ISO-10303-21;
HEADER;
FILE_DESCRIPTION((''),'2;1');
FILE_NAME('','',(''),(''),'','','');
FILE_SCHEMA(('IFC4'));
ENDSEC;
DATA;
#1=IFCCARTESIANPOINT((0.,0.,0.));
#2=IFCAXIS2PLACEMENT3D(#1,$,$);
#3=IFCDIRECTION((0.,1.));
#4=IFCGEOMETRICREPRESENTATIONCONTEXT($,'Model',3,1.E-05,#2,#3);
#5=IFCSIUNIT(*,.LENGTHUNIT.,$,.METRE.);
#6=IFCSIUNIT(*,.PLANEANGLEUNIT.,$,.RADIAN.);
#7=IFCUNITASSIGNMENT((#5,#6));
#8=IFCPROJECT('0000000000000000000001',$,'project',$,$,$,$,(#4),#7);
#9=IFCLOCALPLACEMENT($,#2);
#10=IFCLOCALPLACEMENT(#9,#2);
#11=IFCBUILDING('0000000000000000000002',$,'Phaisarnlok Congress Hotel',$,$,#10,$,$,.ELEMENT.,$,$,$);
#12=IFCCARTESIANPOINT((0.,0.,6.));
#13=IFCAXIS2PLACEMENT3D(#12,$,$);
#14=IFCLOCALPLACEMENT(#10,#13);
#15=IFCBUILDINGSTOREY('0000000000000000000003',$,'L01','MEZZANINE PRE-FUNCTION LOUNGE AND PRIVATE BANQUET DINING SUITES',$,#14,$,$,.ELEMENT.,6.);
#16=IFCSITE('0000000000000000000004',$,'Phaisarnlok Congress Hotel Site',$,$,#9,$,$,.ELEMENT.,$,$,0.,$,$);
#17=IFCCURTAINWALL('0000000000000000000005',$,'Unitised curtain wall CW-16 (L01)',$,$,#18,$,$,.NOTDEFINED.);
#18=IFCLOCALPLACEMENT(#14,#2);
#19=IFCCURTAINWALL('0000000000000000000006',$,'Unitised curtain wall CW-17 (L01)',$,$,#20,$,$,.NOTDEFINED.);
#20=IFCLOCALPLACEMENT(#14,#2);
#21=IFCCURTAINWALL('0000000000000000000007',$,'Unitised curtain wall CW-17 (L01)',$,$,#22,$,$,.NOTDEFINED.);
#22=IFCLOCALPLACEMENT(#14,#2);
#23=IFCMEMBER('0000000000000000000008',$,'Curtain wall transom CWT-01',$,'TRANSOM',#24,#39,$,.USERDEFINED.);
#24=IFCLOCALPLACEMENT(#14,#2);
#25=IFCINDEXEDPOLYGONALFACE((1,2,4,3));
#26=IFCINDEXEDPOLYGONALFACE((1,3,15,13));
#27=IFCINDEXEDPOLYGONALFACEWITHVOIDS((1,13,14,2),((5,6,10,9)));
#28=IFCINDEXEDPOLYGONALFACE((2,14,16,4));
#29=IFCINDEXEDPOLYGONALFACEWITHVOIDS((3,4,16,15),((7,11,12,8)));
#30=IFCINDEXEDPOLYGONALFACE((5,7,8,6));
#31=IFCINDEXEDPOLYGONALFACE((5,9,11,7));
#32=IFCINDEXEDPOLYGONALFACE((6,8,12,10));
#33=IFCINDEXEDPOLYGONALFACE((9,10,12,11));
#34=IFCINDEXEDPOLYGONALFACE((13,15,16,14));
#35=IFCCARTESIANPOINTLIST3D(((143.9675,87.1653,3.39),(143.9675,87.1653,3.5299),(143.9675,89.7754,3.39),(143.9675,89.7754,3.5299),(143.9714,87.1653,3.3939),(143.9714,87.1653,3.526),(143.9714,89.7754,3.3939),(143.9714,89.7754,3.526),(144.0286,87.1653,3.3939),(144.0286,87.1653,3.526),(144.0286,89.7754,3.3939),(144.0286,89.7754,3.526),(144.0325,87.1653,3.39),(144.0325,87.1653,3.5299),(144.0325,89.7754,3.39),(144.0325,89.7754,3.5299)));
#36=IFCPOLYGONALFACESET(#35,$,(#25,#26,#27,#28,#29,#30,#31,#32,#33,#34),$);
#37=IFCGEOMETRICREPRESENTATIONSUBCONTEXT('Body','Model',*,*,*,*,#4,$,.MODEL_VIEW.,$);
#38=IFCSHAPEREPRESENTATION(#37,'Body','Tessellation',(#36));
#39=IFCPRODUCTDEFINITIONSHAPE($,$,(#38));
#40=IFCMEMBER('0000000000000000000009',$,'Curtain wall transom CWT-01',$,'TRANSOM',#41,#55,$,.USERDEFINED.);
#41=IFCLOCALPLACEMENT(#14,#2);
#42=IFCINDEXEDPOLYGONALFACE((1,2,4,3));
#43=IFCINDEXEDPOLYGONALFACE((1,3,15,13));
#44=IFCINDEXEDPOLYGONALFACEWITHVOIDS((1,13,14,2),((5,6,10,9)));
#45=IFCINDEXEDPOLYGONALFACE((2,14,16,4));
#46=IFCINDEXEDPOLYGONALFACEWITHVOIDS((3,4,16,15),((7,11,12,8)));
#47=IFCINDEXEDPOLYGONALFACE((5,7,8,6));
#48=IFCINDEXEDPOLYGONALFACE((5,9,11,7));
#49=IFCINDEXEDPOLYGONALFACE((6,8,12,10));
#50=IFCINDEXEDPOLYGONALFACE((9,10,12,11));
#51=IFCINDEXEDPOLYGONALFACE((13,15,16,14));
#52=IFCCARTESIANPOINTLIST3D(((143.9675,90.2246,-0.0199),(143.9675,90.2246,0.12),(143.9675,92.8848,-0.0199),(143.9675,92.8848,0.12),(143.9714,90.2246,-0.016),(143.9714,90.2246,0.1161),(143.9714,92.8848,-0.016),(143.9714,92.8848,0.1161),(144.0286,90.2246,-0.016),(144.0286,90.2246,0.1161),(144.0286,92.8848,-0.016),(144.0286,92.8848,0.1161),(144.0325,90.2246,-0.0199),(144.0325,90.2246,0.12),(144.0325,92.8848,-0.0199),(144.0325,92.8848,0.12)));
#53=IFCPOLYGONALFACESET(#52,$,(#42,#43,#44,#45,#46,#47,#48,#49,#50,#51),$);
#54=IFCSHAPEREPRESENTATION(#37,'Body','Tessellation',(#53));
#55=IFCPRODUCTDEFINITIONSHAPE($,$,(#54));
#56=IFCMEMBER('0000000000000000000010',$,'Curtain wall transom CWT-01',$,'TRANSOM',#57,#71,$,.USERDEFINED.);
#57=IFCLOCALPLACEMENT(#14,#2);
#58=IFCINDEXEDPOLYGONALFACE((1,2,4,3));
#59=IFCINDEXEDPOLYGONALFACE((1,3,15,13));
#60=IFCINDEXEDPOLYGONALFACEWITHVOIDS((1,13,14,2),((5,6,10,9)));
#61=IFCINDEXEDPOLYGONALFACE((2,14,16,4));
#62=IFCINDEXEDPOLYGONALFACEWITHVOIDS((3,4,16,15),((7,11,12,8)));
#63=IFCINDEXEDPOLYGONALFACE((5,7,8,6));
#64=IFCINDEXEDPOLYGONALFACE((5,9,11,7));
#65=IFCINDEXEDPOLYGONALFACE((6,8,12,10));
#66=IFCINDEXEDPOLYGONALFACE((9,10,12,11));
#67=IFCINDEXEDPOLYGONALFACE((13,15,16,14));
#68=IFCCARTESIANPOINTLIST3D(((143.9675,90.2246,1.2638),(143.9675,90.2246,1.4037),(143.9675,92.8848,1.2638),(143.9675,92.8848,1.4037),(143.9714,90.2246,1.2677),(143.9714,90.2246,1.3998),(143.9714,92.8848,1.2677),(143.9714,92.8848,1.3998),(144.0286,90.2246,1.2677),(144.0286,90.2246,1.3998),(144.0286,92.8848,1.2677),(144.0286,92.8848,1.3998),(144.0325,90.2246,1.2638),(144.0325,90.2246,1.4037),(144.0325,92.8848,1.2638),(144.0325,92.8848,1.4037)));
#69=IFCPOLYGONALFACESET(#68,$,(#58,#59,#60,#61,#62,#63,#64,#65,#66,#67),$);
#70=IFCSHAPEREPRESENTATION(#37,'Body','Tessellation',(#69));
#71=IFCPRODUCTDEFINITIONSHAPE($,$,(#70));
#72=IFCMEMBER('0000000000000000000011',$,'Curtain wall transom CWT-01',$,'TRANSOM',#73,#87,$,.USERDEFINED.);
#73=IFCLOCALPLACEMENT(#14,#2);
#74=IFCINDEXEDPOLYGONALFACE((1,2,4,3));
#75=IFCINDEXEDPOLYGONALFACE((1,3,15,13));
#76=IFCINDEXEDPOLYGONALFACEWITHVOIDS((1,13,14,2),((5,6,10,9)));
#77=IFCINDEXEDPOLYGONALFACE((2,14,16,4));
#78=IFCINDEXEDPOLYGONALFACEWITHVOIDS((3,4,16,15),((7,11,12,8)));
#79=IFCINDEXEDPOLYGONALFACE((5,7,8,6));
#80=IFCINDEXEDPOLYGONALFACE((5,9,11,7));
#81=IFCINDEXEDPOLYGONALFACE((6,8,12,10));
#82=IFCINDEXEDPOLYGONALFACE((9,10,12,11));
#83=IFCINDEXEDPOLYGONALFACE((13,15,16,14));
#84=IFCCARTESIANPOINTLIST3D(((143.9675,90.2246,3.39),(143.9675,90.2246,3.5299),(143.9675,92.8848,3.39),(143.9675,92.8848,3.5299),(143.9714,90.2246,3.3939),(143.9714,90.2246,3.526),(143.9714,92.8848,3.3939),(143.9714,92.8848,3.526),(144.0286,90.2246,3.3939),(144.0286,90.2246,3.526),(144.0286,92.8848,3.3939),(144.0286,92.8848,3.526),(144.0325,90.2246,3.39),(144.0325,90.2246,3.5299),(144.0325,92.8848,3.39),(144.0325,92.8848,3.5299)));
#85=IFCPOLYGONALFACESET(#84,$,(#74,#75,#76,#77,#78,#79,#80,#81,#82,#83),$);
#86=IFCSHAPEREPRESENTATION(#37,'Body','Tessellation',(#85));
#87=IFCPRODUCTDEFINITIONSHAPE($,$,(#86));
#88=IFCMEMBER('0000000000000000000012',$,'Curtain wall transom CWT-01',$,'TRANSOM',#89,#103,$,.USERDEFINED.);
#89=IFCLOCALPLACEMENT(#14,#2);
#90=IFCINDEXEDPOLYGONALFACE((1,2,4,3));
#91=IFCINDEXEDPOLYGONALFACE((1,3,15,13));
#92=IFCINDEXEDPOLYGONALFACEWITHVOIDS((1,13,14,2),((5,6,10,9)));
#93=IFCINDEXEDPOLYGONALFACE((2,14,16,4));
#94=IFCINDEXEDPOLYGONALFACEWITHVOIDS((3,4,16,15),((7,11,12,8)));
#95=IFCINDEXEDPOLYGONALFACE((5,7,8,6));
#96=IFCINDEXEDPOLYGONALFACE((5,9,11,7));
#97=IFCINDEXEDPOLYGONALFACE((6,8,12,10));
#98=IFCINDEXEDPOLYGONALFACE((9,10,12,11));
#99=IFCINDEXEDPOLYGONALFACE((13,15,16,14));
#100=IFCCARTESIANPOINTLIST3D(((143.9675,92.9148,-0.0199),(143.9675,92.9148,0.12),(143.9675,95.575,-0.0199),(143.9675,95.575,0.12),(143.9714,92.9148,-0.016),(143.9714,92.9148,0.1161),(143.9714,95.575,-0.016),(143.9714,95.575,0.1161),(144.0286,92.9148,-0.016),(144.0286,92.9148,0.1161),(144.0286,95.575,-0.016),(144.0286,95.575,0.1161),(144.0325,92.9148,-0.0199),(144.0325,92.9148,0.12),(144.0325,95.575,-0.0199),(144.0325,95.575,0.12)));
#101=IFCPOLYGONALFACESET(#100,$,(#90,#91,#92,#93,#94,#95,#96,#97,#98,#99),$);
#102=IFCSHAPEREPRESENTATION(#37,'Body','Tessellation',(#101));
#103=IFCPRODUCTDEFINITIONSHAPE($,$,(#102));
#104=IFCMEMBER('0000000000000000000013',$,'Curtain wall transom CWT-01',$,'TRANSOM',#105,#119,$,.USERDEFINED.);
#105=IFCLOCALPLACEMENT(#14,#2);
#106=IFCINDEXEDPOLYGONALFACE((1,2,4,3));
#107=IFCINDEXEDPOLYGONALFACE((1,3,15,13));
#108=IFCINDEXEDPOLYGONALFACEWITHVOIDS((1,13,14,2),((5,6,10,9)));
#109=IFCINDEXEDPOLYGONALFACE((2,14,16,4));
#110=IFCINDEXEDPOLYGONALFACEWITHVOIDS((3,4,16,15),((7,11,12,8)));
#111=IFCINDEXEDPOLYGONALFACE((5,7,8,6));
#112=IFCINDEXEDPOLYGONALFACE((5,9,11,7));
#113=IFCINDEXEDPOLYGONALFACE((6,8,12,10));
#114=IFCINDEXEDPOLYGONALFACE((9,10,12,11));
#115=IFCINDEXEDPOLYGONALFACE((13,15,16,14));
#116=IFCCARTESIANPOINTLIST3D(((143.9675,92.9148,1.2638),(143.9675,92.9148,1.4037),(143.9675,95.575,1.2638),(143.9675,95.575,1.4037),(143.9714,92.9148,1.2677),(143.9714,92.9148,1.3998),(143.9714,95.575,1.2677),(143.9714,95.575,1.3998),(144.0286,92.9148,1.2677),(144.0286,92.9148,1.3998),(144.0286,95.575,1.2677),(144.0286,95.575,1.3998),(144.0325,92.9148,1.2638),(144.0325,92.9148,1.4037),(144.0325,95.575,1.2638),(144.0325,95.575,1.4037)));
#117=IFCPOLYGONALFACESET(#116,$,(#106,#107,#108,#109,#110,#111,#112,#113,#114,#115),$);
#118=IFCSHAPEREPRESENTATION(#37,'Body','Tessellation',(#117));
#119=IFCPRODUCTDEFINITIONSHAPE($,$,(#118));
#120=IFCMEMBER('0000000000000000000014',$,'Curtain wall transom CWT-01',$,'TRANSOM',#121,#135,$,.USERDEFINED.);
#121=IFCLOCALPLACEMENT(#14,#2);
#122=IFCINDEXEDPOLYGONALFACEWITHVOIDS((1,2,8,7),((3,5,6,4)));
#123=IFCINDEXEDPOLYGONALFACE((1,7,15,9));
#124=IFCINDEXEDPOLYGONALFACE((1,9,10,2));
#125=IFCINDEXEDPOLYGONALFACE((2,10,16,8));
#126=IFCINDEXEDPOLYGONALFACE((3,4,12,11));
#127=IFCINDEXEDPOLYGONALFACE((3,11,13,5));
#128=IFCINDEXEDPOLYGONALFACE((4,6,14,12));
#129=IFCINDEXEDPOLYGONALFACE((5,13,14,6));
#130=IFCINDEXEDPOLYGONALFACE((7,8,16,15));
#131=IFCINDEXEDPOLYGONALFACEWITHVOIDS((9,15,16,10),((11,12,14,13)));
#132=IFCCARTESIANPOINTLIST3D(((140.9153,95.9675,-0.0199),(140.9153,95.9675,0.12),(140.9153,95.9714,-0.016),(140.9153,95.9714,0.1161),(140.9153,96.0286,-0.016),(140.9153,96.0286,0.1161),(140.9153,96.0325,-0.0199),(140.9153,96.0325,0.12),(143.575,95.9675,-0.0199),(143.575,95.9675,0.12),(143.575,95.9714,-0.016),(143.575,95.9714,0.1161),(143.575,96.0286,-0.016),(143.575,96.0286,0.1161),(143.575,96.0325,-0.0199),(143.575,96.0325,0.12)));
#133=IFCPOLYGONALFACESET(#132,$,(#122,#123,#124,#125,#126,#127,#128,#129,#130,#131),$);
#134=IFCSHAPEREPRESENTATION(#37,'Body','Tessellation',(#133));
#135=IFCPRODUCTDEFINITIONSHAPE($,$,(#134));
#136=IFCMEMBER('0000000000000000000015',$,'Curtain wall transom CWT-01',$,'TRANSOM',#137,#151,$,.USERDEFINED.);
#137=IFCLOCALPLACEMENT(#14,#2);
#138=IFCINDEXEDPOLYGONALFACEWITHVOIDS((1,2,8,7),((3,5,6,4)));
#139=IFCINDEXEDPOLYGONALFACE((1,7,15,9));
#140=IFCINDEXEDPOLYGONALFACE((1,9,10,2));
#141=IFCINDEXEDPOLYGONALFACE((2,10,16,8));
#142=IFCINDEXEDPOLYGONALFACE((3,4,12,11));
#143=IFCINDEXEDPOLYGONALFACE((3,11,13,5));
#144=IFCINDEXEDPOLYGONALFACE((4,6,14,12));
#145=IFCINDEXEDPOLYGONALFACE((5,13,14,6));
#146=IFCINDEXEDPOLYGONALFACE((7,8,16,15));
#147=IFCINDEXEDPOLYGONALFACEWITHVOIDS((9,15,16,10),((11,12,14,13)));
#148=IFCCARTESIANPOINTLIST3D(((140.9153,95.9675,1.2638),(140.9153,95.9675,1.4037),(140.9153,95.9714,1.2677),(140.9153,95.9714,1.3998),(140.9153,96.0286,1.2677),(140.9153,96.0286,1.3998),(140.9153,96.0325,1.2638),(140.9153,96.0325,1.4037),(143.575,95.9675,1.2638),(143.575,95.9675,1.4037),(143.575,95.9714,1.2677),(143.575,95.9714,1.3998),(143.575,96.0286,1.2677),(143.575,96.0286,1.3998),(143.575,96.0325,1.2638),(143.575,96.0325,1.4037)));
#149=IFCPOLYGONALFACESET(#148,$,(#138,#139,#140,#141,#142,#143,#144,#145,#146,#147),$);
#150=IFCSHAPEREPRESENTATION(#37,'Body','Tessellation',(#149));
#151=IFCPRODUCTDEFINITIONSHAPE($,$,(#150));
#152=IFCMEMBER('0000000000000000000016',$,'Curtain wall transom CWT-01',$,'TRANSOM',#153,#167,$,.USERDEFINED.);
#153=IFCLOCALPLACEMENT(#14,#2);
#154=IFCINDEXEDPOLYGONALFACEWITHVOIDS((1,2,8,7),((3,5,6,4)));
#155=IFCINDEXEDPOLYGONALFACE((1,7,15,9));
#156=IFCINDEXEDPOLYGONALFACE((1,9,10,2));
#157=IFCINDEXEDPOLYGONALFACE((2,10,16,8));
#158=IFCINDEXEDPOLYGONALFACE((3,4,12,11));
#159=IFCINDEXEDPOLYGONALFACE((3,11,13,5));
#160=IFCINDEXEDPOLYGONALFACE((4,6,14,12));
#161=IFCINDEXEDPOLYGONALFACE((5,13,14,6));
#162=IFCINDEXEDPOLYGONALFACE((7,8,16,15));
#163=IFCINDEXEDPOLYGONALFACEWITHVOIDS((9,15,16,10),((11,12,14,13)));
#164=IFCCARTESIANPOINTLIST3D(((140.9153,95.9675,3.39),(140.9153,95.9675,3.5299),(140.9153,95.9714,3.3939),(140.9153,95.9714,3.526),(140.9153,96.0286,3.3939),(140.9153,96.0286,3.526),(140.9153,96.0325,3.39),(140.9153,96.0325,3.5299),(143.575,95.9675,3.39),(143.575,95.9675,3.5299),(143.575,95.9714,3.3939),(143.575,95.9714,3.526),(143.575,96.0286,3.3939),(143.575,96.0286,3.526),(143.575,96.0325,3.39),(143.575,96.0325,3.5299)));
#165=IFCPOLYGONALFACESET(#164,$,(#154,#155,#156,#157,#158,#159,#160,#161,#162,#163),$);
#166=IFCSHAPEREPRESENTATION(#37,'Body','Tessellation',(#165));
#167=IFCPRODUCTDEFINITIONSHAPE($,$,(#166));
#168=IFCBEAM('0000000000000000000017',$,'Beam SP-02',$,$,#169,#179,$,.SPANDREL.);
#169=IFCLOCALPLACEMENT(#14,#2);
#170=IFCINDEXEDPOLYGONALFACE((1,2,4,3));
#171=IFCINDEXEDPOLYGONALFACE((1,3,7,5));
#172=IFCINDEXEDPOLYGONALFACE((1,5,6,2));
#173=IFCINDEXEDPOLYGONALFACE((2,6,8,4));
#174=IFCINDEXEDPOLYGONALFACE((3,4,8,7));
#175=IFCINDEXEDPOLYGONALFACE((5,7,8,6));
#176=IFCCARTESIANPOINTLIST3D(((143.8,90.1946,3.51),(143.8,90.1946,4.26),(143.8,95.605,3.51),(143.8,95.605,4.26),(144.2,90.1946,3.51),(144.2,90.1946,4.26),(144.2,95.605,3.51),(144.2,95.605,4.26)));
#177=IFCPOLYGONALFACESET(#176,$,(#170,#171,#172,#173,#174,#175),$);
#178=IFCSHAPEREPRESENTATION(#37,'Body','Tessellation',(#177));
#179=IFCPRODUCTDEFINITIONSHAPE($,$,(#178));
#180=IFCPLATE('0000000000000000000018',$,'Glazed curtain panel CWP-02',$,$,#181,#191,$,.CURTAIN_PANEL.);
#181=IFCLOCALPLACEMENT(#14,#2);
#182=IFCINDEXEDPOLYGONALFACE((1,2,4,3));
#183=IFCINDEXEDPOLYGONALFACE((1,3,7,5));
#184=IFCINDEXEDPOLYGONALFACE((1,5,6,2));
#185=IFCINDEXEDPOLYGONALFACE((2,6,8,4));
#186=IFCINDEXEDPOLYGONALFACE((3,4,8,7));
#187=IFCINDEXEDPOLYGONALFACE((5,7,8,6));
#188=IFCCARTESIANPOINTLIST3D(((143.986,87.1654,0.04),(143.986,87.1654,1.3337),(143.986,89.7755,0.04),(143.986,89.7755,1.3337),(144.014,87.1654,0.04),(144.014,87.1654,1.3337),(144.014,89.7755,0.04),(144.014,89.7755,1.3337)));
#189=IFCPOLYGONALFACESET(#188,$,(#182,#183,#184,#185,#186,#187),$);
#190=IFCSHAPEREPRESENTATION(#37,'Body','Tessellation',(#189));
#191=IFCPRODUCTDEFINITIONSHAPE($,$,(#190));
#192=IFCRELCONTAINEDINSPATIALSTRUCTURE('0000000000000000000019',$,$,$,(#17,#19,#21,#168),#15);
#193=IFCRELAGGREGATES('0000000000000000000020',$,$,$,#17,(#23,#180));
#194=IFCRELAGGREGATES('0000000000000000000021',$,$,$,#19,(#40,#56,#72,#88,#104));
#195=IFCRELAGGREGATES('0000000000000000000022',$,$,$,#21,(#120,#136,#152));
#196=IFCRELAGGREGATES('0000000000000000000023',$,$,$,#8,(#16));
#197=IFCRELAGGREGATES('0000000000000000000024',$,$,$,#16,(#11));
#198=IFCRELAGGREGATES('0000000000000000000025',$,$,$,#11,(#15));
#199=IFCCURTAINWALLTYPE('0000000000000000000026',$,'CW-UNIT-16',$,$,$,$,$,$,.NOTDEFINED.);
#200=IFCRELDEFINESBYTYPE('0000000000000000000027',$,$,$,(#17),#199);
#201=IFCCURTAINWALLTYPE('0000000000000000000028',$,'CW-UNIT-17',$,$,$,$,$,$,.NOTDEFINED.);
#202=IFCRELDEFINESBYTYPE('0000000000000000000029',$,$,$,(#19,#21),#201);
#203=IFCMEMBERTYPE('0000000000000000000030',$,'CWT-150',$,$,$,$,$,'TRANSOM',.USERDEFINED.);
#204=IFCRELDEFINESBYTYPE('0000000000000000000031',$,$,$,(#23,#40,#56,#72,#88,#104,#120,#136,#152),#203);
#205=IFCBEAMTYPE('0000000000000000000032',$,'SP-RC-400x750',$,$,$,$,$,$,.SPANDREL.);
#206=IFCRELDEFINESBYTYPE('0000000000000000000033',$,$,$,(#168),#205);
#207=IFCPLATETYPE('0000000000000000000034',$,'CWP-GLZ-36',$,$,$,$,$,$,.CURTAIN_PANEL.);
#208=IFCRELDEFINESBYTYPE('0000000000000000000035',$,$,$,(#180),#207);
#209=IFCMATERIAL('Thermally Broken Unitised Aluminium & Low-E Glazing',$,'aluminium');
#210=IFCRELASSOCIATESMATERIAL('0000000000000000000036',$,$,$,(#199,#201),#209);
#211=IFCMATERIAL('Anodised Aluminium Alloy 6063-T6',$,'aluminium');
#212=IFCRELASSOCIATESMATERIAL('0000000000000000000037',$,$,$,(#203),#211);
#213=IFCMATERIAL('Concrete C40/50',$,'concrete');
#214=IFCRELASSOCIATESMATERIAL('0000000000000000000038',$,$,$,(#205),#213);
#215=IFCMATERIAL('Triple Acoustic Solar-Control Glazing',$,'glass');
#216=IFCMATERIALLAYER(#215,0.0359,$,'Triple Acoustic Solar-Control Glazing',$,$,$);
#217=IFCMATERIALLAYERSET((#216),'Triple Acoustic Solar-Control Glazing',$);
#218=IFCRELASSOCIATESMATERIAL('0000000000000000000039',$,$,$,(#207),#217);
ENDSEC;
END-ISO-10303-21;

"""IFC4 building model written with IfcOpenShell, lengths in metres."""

from ifc_helpers import new_model, si_unit, direction, frame, frame_2d, origin, origin_2d, place, context, subcontext, project, spatial, rectangle, hollow_rectangle, extrude, material, layer, layer_set, material_profile, profile_set, type_object, element, aggregate, save


model = new_model("IFC4")

# Units and contexts
model_context = context("Model", 3, precision=1e-05, world=origin(), true_north=direction((0.0, 1.0)))
body_context = subcontext(model_context, "Body", "Model", "MODEL_VIEW")
ifc_project = project(units=[si_unit("LENGTHUNIT", "METRE"), si_unit("PLANEANGLEUNIT", "RADIAN")], contexts=[model_context])

# Site, building, storey
site_placement = place(None, origin())
site = spatial("IfcSite", under=ifc_project, at=site_placement, Name="Phaisarnlok Congress Hotel Site", CompositionType="ELEMENT", RefElevation=0.0)
building_placement = place(site_placement, origin())
building = spatial("IfcBuilding", under=site, at=building_placement, Name="Phaisarnlok Congress Hotel", CompositionType="ELEMENT")
storey_placement = place(building_placement, frame((0.0, 0.0, 6.0)))
storey = spatial("IfcBuildingStorey", under=building, at=storey_placement, Name="L01", Description="MEZZANINE PRE-FUNCTION LOUNGE AND PRIVATE BANQUET DINING SUITES", CompositionType="ELEMENT", Elevation=6.0)

# Curtain walls
ifc_material_1 = material(Name="Thermally Broken Unitised Aluminium & Low-E Glazing", Category="aluminium")
curtain_wall_type_1 = type_object("IfcCurtainWallType", Name="CW-UNIT-16", PredefinedType="NOTDEFINED", material=ifc_material_1)
curtain_wall_1_placement = place(storey_placement, origin())
curtain_wall_1 = element("IfcCurtainWall", 1, at=curtain_wall_1_placement, inside=storey, type_object=curtain_wall_type_1, Name="Unitised curtain wall CW-16 (L01)", PredefinedType="NOTDEFINED")
ifc_material_2 = material(Name="Anodised Aluminium Alloy 6063-T6", Category="aluminium")
curtain_wall_type_2 = type_object("IfcCurtainWallType", Name="CW-UNIT-17", PredefinedType="NOTDEFINED", material=ifc_material_1)
curtain_wall_2_placement = place(storey_placement, origin())
curtain_wall_2 = element("IfcCurtainWall", 2, at=curtain_wall_2_placement, inside=storey, type_object=curtain_wall_type_2, Name="Unitised curtain wall CW-17 (L01)", PredefinedType="NOTDEFINED")

# Curtain wall
curtain_wall_3_placement = place(storey_placement, origin())
curtain_wall_3 = element("IfcCurtainWall", 3, at=curtain_wall_3_placement, inside=storey, type_object=curtain_wall_type_2, Name="Unitised curtain wall CW-17 (L01)", PredefinedType="NOTDEFINED")

# Members
ifc_material_profile_1 = material_profile(ifc_material_2, hollow_rectangle(XDim=0.0649, YDim=0.1399, WallThickness=0.0039, at=origin_2d()), Name="ALU-T 65x140x4")
ifc_profile_set_1 = profile_set([ifc_material_profile_1], Name="Anodised Aluminium Alloy 6063-T6")
member_type_1 = type_object("IfcMemberType", Name="CWT-150", ElementType="TRANSOM", PredefinedType="USERDEFINED", material=ifc_profile_set_1)
member_1_placement = place(storey_placement, frame((144.0, 87.1653, 3.46), z_axis=(0.0, 1.0, 0.0), x_axis=(-1.0, 0.0, 0.0)))
member_1 = element("IfcMember", 4, at=member_1_placement, type_object=member_type_1, Name="Curtain wall transom CWT-01", ObjectType="TRANSOM", PredefinedType="USERDEFINED", context=body_context, shape_type="SweptSolid", body=[
    extrude(hollow_rectangle(XDim=0.0649, YDim=0.1399, WallThickness=0.0039, at=origin_2d()), origin(), (0.0, 0.0, 1.0), 2.6101),
])
member_2_placement = place(storey_placement, frame((144.0, 90.2246, 0.05), z_axis=(0.0, 1.0, 0.0), x_axis=(-1.0, 0.0, 0.0)))
member_2 = element("IfcMember", 5, at=member_2_placement, type_object=member_type_1, Name="Curtain wall transom CWT-01", ObjectType="TRANSOM", PredefinedType="USERDEFINED", context=body_context, shape_type="SweptSolid", body=[
    extrude(hollow_rectangle(XDim=0.0649, YDim=0.1399, WallThickness=0.0039, at=origin_2d()), origin(), (0.0, 0.0, 1.0), 2.6602),
])
member_3_placement = place(storey_placement, frame((144.0, 90.2246, 1.3337), z_axis=(0.0, 1.0, 0.0), x_axis=(-1.0, 0.0, 0.0)))
member_3 = element("IfcMember", 6, at=member_3_placement, type_object=member_type_1, Name="Curtain wall transom CWT-01", ObjectType="TRANSOM", PredefinedType="USERDEFINED", context=body_context, shape_type="SweptSolid", body=[
    extrude(hollow_rectangle(XDim=0.0649, YDim=0.1399, WallThickness=0.0039, at=origin_2d()), origin(), (0.0, 0.0, 1.0), 2.6602),
])
member_4_placement = place(storey_placement, frame((144.0, 90.2246, 3.46), z_axis=(0.0, 1.0, 0.0), x_axis=(-1.0, 0.0, 0.0)))
member_4 = element("IfcMember", 7, at=member_4_placement, type_object=member_type_1, Name="Curtain wall transom CWT-01", ObjectType="TRANSOM", PredefinedType="USERDEFINED", context=body_context, shape_type="SweptSolid", body=[
    extrude(hollow_rectangle(XDim=0.0649, YDim=0.1399, WallThickness=0.0039, at=origin_2d()), origin(), (0.0, 0.0, 1.0), 2.6602),
])
member_5_placement = place(storey_placement, frame((144.0, 92.9148, 0.05), z_axis=(0.0, 1.0, 0.0), x_axis=(-1.0, 0.0, 0.0)))
member_5 = element("IfcMember", 8, at=member_5_placement, type_object=member_type_1, Name="Curtain wall transom CWT-01", ObjectType="TRANSOM", PredefinedType="USERDEFINED", context=body_context, shape_type="SweptSolid", body=[
    extrude(hollow_rectangle(XDim=0.0649, YDim=0.1399, WallThickness=0.0039, at=origin_2d()), origin(), (0.0, 0.0, 1.0), 2.6602),
])
member_6_placement = place(storey_placement, frame((144.0, 92.9148, 1.3337), z_axis=(0.0, 1.0, 0.0), x_axis=(-1.0, 0.0, 0.0)))
member_6 = element("IfcMember", 9, at=member_6_placement, type_object=member_type_1, Name="Curtain wall transom CWT-01", ObjectType="TRANSOM", PredefinedType="USERDEFINED", context=body_context, shape_type="SweptSolid", body=[
    extrude(hollow_rectangle(XDim=0.0649, YDim=0.1399, WallThickness=0.0039, at=origin_2d()), origin(), (0.0, 0.0, 1.0), 2.6602),
])
member_7_placement = place(storey_placement, frame((143.575, 96.0, 0.05), z_axis=(-1.0, 0.0, 0.0), x_axis=(0.0, -1.0, 0.0)))
member_7 = element("IfcMember", 10, at=member_7_placement, type_object=member_type_1, Name="Curtain wall transom CWT-01", ObjectType="TRANSOM", PredefinedType="USERDEFINED", context=body_context, shape_type="SweptSolid", body=[
    extrude(hollow_rectangle(XDim=0.0649, YDim=0.1399, WallThickness=0.0039, at=origin_2d()), origin(), (0.0, 0.0, 1.0), 2.6597),
])
member_8_placement = place(storey_placement, frame((143.575, 96.0, 1.3337), z_axis=(-1.0, 0.0, 0.0), x_axis=(0.0, -1.0, 0.0)))
member_8 = element("IfcMember", 11, at=member_8_placement, type_object=member_type_1, Name="Curtain wall transom CWT-01", ObjectType="TRANSOM", PredefinedType="USERDEFINED", context=body_context, shape_type="SweptSolid", body=[
    extrude(hollow_rectangle(XDim=0.0649, YDim=0.1399, WallThickness=0.0039, at=origin_2d()), origin(), (0.0, 0.0, 1.0), 2.6597),
])
member_9_placement = place(storey_placement, frame((143.575, 96.0, 3.46), z_axis=(-1.0, 0.0, 0.0), x_axis=(0.0, -1.0, 0.0)))
member_9 = element("IfcMember", 12, at=member_9_placement, type_object=member_type_1, Name="Curtain wall transom CWT-01", ObjectType="TRANSOM", PredefinedType="USERDEFINED", context=body_context, shape_type="SweptSolid", body=[
    extrude(hollow_rectangle(XDim=0.0649, YDim=0.1399, WallThickness=0.0039, at=origin_2d()), origin(), (0.0, 0.0, 1.0), 2.6597),
])

# Beam
ifc_material_3 = material(Name="Concrete C40/50", Category="concrete")
ifc_material_profile_2 = material_profile(ifc_material_3, rectangle(XDim=0.3999, YDim=0.75, at=origin_2d()), Name="RC 400x750")
ifc_profile_set_2 = profile_set([ifc_material_profile_2], Name="Concrete C40/50")
beam_type = type_object("IfcBeamType", Name="SP-RC-400x750", PredefinedType="SPANDREL", material=ifc_profile_set_2)
beam_placement = place(storey_placement, frame((144.0, 90.1946, 3.885), z_axis=(0.0, 1.0, 0.0), x_axis=(-1.0, 0.0, 0.0)))
element("IfcBeam", 13, at=beam_placement, inside=storey, type_object=beam_type, Name="Beam SP-02", PredefinedType="SPANDREL", context=body_context, shape_type="SweptSolid", body=[
    extrude(rectangle(XDim=0.3999, YDim=0.75, at=origin_2d()), origin(), (0.0, 0.0, 1.0), 5.4104),
])

# Plate
ifc_material_4 = material(Name="Triple Acoustic Solar-Control Glazing", Category="glass")
ifc_layer = layer(ifc_material_4, 0.0359, Name="Triple Acoustic Solar-Control Glazing")
ifc_layer_set = layer_set([ifc_layer], Name="Triple Acoustic Solar-Control Glazing")
plate_type = type_object("IfcPlateType", Name="CWP-GLZ-36", PredefinedType="CURTAIN_PANEL", material=ifc_layer_set)
plate_1_placement = place(storey_placement, frame((144.0, 87.1653, 0.04), z_axis=(0.0, 0.0, 1.0), x_axis=(0.0, 1.0, 0.0)))
plate_1 = element("IfcPlate", 14, at=plate_1_placement, type_object=plate_type, Name="Glazed curtain panel CWP-02", PredefinedType="CURTAIN_PANEL", context=body_context, shape_type="SweptSolid", body=[
    extrude(rectangle(XDim=2.6101, YDim=0.0281, at=frame_2d((1.3052, 0.0))), origin(), (0.0, 0.0, 1.0), 1.2937),
])
aggregate(curtain_wall_1, [member_1, plate_1])
aggregate(curtain_wall_2, [member_2, member_3, member_4, member_5, member_6])
aggregate(curtain_wall_3, [member_7, member_8, member_9])

save(model, "model.ifc")
